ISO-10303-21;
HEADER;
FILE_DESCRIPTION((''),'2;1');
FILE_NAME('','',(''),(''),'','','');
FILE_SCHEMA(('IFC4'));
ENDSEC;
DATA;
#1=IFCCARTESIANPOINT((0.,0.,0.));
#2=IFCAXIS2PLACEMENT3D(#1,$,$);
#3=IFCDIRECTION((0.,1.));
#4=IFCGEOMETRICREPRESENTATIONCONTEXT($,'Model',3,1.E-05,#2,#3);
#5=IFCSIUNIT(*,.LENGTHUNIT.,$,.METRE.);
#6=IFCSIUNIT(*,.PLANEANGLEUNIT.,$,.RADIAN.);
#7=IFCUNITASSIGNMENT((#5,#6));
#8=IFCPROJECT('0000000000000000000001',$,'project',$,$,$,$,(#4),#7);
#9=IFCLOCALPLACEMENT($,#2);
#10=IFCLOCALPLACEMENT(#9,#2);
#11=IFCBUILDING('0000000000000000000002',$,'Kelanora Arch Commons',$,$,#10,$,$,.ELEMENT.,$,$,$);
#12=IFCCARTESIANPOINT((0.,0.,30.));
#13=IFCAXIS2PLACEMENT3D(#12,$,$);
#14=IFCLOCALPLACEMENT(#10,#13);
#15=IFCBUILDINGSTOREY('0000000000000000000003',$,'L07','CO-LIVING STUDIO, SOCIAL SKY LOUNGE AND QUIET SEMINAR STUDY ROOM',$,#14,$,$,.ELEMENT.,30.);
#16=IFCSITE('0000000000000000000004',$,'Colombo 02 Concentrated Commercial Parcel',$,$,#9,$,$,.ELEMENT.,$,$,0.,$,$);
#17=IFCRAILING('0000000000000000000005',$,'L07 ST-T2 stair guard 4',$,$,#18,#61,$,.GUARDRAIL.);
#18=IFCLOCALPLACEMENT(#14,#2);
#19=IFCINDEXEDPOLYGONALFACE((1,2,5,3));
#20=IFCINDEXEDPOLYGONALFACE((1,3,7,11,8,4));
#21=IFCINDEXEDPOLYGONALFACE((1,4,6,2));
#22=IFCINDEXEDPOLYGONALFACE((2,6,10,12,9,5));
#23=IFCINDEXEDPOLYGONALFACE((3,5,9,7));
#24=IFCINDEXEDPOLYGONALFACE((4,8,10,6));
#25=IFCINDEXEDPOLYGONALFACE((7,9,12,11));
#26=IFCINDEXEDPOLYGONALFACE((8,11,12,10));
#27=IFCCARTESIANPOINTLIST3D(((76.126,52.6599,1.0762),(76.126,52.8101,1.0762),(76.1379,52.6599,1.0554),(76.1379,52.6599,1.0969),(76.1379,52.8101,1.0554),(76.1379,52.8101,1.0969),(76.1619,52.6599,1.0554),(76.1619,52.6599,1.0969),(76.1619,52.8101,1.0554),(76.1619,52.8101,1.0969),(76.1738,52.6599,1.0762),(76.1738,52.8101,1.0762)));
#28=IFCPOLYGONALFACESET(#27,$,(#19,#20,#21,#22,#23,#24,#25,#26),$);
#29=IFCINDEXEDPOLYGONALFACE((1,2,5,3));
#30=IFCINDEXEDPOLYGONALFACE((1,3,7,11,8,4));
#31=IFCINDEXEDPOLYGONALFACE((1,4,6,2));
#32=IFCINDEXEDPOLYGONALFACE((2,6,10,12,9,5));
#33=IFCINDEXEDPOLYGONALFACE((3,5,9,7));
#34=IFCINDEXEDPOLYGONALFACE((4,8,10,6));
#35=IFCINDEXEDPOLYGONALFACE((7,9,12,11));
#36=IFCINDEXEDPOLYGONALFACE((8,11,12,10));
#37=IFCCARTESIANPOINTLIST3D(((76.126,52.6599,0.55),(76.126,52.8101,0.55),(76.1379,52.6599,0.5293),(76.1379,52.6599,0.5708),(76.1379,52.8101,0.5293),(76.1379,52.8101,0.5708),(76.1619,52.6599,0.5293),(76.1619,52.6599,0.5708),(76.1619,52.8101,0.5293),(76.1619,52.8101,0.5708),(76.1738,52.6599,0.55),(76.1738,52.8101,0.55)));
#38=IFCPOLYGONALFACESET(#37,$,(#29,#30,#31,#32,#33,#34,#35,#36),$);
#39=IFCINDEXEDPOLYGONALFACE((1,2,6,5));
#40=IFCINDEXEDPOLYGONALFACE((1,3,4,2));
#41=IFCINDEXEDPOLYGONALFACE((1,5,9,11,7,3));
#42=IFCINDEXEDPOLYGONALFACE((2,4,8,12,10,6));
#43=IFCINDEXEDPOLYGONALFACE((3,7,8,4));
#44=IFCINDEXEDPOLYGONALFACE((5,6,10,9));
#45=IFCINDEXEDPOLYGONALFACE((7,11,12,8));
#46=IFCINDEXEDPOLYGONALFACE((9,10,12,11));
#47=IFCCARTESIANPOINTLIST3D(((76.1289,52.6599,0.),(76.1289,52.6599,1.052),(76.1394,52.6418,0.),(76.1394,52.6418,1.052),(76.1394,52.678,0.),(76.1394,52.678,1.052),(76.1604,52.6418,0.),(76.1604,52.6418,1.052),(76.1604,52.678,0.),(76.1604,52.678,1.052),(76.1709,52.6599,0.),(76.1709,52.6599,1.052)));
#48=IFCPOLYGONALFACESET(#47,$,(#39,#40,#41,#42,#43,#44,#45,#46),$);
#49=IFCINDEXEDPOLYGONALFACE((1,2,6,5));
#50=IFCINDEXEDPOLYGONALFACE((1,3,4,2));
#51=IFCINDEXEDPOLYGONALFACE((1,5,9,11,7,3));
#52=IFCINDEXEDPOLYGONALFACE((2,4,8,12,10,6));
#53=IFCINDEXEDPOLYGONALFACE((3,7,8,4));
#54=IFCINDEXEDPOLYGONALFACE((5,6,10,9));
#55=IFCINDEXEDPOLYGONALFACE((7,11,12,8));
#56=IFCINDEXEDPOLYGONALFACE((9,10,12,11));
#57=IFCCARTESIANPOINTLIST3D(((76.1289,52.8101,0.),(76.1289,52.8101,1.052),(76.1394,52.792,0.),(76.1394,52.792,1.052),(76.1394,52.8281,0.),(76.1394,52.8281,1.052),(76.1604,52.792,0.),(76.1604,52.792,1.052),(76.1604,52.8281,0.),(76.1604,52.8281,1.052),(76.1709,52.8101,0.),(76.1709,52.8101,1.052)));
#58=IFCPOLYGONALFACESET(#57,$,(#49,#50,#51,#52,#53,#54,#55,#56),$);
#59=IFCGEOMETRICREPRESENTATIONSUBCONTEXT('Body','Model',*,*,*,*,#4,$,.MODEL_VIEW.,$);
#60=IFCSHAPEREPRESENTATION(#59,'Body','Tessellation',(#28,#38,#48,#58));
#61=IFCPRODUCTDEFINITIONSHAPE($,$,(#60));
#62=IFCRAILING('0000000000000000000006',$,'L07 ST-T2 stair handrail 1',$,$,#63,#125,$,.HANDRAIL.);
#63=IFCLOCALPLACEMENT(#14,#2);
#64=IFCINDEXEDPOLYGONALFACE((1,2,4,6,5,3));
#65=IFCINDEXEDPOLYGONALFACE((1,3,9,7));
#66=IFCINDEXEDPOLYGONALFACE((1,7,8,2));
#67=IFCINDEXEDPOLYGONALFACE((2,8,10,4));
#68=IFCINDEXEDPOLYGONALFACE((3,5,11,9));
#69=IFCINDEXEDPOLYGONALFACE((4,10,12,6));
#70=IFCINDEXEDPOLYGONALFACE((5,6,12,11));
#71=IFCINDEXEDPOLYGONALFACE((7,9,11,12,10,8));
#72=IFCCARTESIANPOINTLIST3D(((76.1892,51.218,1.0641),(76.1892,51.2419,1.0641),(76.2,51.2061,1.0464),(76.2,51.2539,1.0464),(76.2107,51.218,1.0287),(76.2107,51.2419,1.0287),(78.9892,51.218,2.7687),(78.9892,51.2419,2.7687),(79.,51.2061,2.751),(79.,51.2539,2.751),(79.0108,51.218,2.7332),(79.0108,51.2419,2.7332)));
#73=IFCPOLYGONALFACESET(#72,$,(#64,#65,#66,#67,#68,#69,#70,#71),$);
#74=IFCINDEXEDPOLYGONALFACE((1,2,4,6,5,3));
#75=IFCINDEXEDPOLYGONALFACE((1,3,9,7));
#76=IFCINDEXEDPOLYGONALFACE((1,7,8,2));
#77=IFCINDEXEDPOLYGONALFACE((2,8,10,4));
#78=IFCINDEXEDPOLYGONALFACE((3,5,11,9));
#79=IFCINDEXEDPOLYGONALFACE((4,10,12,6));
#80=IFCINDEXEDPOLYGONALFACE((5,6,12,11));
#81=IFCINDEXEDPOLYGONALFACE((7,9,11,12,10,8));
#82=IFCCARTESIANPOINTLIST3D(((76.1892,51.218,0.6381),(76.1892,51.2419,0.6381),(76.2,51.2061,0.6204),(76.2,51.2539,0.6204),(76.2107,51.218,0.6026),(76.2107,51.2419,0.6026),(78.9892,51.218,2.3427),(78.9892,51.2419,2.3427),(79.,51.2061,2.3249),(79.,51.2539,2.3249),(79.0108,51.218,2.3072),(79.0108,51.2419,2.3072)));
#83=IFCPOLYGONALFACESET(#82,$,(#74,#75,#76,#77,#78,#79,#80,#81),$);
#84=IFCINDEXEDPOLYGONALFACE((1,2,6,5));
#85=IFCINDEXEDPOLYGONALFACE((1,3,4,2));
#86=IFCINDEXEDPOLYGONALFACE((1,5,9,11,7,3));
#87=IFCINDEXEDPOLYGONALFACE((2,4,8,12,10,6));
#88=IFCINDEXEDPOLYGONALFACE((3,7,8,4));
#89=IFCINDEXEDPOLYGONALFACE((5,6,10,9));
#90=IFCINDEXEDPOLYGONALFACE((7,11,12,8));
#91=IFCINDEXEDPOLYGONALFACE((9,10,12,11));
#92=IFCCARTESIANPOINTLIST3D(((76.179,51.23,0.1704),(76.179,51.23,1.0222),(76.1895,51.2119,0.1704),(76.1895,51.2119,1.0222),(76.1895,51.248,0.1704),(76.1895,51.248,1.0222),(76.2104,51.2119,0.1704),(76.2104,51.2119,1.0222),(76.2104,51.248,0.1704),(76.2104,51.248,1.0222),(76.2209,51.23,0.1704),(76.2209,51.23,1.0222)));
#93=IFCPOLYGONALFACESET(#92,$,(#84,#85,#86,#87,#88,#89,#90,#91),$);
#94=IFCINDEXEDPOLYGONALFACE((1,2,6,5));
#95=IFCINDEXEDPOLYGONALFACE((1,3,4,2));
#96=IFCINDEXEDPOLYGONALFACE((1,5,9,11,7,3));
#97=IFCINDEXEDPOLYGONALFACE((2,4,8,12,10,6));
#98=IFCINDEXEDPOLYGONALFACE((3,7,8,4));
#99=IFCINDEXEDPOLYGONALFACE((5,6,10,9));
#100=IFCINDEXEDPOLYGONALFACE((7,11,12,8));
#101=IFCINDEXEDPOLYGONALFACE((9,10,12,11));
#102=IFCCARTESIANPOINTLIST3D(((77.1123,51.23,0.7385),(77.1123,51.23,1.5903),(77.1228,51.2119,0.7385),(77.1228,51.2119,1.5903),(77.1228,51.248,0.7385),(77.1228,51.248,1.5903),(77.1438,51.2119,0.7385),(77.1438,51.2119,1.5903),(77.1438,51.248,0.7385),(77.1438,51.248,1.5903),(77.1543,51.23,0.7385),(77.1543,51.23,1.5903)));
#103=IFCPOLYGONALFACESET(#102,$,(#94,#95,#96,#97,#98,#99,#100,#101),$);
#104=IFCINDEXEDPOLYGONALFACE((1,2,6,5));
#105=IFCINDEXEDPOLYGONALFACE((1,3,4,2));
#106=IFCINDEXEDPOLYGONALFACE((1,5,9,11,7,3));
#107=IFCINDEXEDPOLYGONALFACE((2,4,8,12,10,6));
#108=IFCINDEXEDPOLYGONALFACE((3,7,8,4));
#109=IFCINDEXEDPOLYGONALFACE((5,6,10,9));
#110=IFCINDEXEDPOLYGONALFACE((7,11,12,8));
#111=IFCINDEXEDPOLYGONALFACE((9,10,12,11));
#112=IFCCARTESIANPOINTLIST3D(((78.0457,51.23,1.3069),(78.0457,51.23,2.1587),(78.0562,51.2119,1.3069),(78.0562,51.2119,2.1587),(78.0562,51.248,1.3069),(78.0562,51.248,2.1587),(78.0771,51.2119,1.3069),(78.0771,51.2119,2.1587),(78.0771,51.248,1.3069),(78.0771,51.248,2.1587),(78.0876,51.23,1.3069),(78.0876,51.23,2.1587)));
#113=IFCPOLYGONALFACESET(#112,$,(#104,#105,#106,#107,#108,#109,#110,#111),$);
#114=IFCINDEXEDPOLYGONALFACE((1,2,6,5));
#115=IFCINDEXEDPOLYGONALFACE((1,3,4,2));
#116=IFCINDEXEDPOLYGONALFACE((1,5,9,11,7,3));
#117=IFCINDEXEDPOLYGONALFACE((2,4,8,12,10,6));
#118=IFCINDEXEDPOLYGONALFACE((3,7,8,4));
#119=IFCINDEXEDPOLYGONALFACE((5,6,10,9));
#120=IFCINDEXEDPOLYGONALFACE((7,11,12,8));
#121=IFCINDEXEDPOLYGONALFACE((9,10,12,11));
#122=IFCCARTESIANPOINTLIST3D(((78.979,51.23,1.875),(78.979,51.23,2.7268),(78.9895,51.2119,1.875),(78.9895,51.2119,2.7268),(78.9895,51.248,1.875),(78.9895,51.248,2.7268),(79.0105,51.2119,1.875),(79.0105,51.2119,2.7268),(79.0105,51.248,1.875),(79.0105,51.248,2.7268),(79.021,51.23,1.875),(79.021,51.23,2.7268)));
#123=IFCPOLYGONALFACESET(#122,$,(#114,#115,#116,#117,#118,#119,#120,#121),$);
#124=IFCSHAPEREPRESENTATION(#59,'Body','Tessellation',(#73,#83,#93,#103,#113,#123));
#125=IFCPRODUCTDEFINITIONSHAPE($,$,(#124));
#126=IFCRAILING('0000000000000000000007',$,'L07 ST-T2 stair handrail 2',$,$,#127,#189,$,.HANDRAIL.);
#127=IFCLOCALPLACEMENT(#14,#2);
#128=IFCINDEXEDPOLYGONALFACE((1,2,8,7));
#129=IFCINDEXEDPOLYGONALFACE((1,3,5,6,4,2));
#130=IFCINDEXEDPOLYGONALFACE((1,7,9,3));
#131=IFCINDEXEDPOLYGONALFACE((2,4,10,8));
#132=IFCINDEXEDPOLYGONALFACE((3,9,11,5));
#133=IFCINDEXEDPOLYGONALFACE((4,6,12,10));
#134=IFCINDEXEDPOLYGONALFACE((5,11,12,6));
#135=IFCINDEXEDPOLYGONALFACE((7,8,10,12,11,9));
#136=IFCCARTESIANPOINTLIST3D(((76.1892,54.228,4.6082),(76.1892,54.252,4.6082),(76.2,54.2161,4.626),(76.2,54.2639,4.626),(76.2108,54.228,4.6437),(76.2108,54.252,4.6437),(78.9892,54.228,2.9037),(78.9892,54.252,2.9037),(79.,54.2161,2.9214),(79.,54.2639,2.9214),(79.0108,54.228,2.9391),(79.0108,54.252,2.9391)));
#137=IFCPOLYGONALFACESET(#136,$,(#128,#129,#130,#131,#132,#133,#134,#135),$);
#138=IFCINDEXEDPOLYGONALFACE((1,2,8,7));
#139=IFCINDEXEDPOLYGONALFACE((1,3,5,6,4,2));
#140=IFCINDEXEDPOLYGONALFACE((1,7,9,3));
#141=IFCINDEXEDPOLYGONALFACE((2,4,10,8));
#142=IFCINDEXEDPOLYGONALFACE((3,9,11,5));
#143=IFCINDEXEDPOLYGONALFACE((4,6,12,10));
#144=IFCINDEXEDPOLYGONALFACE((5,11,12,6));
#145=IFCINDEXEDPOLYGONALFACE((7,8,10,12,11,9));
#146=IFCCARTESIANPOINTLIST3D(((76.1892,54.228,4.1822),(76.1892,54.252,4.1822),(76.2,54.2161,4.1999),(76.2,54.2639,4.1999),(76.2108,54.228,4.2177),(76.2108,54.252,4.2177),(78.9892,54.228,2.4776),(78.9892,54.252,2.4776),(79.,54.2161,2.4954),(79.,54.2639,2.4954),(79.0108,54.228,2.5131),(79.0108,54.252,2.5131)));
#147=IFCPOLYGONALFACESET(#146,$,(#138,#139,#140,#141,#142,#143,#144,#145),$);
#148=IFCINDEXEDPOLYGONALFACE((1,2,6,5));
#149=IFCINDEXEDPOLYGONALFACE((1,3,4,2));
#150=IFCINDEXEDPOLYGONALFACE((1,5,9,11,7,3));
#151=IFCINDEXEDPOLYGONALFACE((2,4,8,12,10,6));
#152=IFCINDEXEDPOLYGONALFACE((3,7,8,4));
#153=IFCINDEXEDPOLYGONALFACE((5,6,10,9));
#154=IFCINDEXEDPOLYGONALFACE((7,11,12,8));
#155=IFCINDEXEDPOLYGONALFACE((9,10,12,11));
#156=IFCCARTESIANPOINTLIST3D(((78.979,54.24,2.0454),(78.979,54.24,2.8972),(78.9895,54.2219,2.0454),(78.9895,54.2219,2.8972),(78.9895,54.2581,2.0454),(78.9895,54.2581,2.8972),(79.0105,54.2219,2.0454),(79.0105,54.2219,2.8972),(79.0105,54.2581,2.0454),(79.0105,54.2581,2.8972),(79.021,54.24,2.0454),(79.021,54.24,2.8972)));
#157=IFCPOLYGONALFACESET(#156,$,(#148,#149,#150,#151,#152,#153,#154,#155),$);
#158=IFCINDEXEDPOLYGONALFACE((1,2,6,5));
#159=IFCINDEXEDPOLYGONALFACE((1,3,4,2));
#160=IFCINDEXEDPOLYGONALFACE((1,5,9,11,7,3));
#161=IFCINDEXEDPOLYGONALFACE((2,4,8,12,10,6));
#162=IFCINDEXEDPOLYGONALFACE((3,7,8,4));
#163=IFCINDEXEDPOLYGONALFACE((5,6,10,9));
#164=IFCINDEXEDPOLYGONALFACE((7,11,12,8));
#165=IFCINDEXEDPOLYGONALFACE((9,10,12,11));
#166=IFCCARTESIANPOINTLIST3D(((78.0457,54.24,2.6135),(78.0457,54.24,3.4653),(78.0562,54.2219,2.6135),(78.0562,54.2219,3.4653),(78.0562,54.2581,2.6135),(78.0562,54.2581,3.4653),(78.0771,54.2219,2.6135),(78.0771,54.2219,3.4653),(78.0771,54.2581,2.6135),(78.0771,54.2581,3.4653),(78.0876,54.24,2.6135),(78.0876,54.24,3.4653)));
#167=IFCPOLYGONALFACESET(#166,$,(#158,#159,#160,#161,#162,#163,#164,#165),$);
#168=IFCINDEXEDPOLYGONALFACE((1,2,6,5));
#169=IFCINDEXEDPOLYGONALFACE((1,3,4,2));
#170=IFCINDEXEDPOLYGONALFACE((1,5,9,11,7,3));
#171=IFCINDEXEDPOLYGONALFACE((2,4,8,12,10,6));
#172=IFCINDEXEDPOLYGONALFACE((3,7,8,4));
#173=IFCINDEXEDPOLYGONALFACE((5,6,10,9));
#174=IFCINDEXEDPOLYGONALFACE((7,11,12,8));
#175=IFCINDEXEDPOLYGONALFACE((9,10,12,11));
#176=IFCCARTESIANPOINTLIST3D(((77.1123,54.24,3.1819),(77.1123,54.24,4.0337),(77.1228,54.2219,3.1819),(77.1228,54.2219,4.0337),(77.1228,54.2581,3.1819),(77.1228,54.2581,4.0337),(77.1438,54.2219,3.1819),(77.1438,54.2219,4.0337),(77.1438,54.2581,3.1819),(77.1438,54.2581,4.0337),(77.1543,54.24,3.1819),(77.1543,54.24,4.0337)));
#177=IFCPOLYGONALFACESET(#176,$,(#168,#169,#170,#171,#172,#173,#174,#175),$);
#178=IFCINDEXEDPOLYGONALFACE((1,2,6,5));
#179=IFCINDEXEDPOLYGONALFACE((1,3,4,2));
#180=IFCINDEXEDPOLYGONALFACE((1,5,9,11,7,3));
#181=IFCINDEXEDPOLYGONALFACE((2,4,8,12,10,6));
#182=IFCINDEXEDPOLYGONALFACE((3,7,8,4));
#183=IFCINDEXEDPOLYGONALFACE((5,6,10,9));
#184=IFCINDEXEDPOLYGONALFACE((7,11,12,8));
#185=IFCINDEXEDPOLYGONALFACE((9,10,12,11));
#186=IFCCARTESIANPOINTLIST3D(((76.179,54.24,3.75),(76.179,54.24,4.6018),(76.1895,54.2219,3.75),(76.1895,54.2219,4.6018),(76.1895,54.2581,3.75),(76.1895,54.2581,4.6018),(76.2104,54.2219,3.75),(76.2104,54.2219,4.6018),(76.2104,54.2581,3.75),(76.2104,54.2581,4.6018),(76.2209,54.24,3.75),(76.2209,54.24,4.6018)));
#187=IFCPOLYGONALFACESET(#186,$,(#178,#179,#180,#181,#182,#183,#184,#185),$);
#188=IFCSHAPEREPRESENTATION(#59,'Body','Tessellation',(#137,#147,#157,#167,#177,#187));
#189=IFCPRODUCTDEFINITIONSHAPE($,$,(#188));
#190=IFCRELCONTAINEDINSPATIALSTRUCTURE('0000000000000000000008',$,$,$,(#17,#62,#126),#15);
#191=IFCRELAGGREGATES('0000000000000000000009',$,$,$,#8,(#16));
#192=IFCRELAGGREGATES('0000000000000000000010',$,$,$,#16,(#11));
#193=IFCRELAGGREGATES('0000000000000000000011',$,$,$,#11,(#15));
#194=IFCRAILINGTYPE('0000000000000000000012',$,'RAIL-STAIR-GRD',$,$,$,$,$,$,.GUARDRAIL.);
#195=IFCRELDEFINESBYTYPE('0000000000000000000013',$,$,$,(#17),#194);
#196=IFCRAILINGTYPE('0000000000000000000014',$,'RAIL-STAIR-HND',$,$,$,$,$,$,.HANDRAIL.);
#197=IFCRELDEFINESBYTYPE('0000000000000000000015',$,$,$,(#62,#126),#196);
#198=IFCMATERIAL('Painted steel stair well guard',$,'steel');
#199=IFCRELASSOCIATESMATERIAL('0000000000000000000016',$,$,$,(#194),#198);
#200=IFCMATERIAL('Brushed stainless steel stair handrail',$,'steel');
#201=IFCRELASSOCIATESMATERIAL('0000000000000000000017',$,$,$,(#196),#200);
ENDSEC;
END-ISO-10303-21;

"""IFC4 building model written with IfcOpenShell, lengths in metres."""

from ifc_helpers import new_model, si_unit, direction, frame, origin, place, context, subcontext, project, spatial, polyline, outline, extrude, material, type_object, element, save


model = new_model("IFC4")

# Units and contexts
model_context = context("Model", 3, precision=1e-05, world=origin(), true_north=direction((0.0, 1.0)))
body_context = subcontext(model_context, "Body", "Model", "MODEL_VIEW")
ifc_project = project(units=[si_unit("LENGTHUNIT", "METRE"), si_unit("PLANEANGLEUNIT", "RADIAN")], contexts=[model_context])

# Site, building, storey
site_placement = place(None, origin())
site = spatial("IfcSite", under=ifc_project, at=site_placement, Name="Colombo 02 Concentrated Commercial Parcel", CompositionType="ELEMENT", RefElevation=0.0)
building_placement = place(site_placement, origin())
building = spatial("IfcBuilding", under=site, at=building_placement, Name="Kelanora Arch Commons", CompositionType="ELEMENT")
storey_placement = place(building_placement, frame((0.0, 0.0, 30.0)))
storey = spatial("IfcBuildingStorey", under=building, at=storey_placement, Name="L07", Description="CO-LIVING STUDIO, SOCIAL SKY LOUNGE AND QUIET SEMINAR STUDY ROOM", CompositionType="ELEMENT", Elevation=30.0)

# Railings
ifc_material_1 = material(Name="Painted steel stair well guard", Category="steel")
railing_type_1 = type_object("IfcRailingType", Name="RAIL-STAIR-GRD", PredefinedType="GUARDRAIL", material=ifc_material_1)
railing_1_placement = place(storey_placement, frame((76.1499, 52.6599, 0.0)))
element("IfcRailing", 1, at=railing_1_placement, inside=storey, type_object=railing_type_1, Name="L07 ST-T2 stair guard 4", PredefinedType="GUARDRAIL", context=body_context, shape_type="SweptSolid", body=[
    extrude(outline(polyline([(0.0239, 0.0), (0.012, 0.0208), (-0.012, 0.0208), (-0.0239, 0.0), (-0.012, -0.0208), (0.012, -0.0208), (0.0239, 0.0)])), frame((0.0, 0.0, 1.0762), z_axis=(0.0, 1.0, 0.0), x_axis=(-1.0, 0.0, 0.0)), (0.0, 0.0, 1.0), 0.1501),
    extrude(outline(polyline([(0.0239, 0.0), (0.012, 0.0208), (-0.012, 0.0208), (-0.0239, 0.0), (-0.012, -0.0208), (0.012, -0.0208), (0.0239, 0.0)])), frame((0.0, 0.0, 0.55), z_axis=(0.0, 1.0, 0.0), x_axis=(-1.0, 0.0, 0.0)), (0.0, 0.0, 1.0), 0.1501),
    extrude(outline(polyline([(0.021, 0.0), (0.0105, 0.0181), (-0.0105, 0.0181), (-0.021, 0.0), (-0.0105, -0.0181), (0.0105, -0.0181), (0.021, 0.0)])), origin(), (0.0, 0.0, 1.0), 1.052),
    extrude(outline(polyline([(0.021, 0.0), (0.0105, 0.0181), (-0.0105, 0.0181), (-0.021, 0.0), (-0.0105, -0.0181), (0.0105, -0.0181), (0.021, 0.0)])), frame((0.0, 0.1501, 0.0)), (0.0, 0.0, 1.0), 1.052),
])
ifc_material_2 = material(Name="Brushed stainless steel stair handrail", Category="steel")
railing_type_2 = type_object("IfcRailingType", Name="RAIL-STAIR-HND", PredefinedType="HANDRAIL", material=ifc_material_2)
railing_2_placement = place(storey_placement, frame((76.2, 51.23, 0.1704)))
element("IfcRailing", 2, at=railing_2_placement, inside=storey, type_object=railing_type_2, Name="L07 ST-T2 stair handrail 1", PredefinedType="HANDRAIL", context=body_context, shape_type="SweptSolid", body=[
    extrude(outline(polyline([(0.0239, 0.0), (0.012, 0.0208), (-0.012, 0.0208), (-0.0239, 0.0), (-0.012, -0.0208), (0.012, -0.0208), (0.0239, 0.0)])), frame((0.0, 0.0, 0.876), z_axis=(0.85417, 0.0, 0.519994), x_axis=(0.0, 1.0, 0.0)), (0.0, 0.0, 1.0), 3.2781),
    extrude(outline(polyline([(0.0239, 0.0), (0.012, 0.0208), (-0.012, 0.0208), (-0.0239, 0.0), (-0.012, -0.0208), (0.012, -0.0208), (0.0239, 0.0)])), frame((0.0, 0.0, 0.45), z_axis=(0.85417, 0.0, 0.519994), x_axis=(0.0, 1.0, 0.0)), (0.0, 0.0, 1.0), 3.2781),
    extrude(outline(polyline([(0.021, 0.0), (0.0105, 0.0181), (-0.0105, 0.0181), (-0.021, 0.0), (-0.0105, -0.0181), (0.0105, -0.0181), (0.021, 0.0)])), origin(), (0.0, 0.0, 1.0), 0.8518),
    extrude(outline(polyline([(0.021, 0.0), (0.0105, 0.0181), (-0.0105, 0.0181), (-0.021, 0.0), (-0.0105, -0.0181), (0.0105, -0.0181), (0.021, 0.0)])), frame((0.9333, 0.0, 0.5681)), (0.0, 0.0, 1.0), 0.8518),
    extrude(outline(polyline([(0.021, 0.0), (0.0105, 0.0181), (-0.0105, 0.0181), (-0.021, 0.0), (-0.0105, -0.0181), (0.0105, -0.0181), (0.021, 0.0)])), frame((1.8667, 0.0, 1.1365)), (0.0, 0.0, 1.0), 0.8518),
    extrude(outline(polyline([(0.021, 0.0), (0.0105, 0.0181), (-0.0105, 0.0181), (-0.021, 0.0), (-0.0105, -0.0181), (0.0105, -0.0181), (0.021, 0.0)])), frame((2.8, 0.0, 1.7046)), (0.0, 0.0, 1.0), 0.8518),
])
railing_3_placement = place(storey_placement, frame((79.0, 54.24, 2.0454)))
element("IfcRailing", 3, at=railing_3_placement, inside=storey, type_object=railing_type_2, Name="L07 ST-T2 stair handrail 2", PredefinedType="HANDRAIL", context=body_context, shape_type="SweptSolid", body=[
    extrude(outline(polyline([(0.0239, 0.0), (0.012, 0.0208), (-0.012, 0.0208), (-0.0239, 0.0), (-0.012, -0.0208), (0.012, -0.0208), (0.0239, 0.0)])), frame((0.0, 0.0, 0.876), z_axis=(-0.85417, 0.0, 0.519994), x_axis=(0.0, -1.0, 0.0)), (0.0, 0.0, 1.0), 3.2781),
    extrude(outline(polyline([(0.0239, 0.0), (0.012, 0.0208), (-0.012, 0.0208), (-0.0239, 0.0), (-0.012, -0.0208), (0.012, -0.0208), (0.0239, 0.0)])), frame((0.0, 0.0, 0.45), z_axis=(-0.85417, 0.0, 0.519994), x_axis=(0.0, -1.0, 0.0)), (0.0, 0.0, 1.0), 3.2781),
    extrude(outline(polyline([(0.021, 0.0), (0.0105, 0.0181), (-0.0105, 0.0181), (-0.021, 0.0), (-0.0105, -0.0181), (0.0105, -0.0181), (0.021, 0.0)])), origin(), (0.0, 0.0, 1.0), 0.8518),
    extrude(outline(polyline([(0.021, 0.0), (0.0105, 0.0181), (-0.0105, 0.0181), (-0.021, 0.0), (-0.0105, -0.0181), (0.0105, -0.0181), (0.021, 0.0)])), frame((-0.9333, 0.0, 0.5681)), (0.0, 0.0, 1.0), 0.8518),
    extrude(outline(polyline([(0.021, 0.0), (0.0105, 0.0181), (-0.0105, 0.0181), (-0.021, 0.0), (-0.0105, -0.0181), (0.0105, -0.0181), (0.021, 0.0)])), frame((-1.8667, 0.0, 1.1365)), (0.0, 0.0, 1.0), 0.8518),
    extrude(outline(polyline([(0.021, 0.0), (0.0105, 0.0181), (-0.0105, 0.0181), (-0.021, 0.0), (-0.0105, -0.0181), (0.0105, -0.0181), (0.021, 0.0)])), frame((-2.8, 0.0, 1.7046)), (0.0, 0.0, 1.0), 0.8518),
])

save(model, "model.ifc")
